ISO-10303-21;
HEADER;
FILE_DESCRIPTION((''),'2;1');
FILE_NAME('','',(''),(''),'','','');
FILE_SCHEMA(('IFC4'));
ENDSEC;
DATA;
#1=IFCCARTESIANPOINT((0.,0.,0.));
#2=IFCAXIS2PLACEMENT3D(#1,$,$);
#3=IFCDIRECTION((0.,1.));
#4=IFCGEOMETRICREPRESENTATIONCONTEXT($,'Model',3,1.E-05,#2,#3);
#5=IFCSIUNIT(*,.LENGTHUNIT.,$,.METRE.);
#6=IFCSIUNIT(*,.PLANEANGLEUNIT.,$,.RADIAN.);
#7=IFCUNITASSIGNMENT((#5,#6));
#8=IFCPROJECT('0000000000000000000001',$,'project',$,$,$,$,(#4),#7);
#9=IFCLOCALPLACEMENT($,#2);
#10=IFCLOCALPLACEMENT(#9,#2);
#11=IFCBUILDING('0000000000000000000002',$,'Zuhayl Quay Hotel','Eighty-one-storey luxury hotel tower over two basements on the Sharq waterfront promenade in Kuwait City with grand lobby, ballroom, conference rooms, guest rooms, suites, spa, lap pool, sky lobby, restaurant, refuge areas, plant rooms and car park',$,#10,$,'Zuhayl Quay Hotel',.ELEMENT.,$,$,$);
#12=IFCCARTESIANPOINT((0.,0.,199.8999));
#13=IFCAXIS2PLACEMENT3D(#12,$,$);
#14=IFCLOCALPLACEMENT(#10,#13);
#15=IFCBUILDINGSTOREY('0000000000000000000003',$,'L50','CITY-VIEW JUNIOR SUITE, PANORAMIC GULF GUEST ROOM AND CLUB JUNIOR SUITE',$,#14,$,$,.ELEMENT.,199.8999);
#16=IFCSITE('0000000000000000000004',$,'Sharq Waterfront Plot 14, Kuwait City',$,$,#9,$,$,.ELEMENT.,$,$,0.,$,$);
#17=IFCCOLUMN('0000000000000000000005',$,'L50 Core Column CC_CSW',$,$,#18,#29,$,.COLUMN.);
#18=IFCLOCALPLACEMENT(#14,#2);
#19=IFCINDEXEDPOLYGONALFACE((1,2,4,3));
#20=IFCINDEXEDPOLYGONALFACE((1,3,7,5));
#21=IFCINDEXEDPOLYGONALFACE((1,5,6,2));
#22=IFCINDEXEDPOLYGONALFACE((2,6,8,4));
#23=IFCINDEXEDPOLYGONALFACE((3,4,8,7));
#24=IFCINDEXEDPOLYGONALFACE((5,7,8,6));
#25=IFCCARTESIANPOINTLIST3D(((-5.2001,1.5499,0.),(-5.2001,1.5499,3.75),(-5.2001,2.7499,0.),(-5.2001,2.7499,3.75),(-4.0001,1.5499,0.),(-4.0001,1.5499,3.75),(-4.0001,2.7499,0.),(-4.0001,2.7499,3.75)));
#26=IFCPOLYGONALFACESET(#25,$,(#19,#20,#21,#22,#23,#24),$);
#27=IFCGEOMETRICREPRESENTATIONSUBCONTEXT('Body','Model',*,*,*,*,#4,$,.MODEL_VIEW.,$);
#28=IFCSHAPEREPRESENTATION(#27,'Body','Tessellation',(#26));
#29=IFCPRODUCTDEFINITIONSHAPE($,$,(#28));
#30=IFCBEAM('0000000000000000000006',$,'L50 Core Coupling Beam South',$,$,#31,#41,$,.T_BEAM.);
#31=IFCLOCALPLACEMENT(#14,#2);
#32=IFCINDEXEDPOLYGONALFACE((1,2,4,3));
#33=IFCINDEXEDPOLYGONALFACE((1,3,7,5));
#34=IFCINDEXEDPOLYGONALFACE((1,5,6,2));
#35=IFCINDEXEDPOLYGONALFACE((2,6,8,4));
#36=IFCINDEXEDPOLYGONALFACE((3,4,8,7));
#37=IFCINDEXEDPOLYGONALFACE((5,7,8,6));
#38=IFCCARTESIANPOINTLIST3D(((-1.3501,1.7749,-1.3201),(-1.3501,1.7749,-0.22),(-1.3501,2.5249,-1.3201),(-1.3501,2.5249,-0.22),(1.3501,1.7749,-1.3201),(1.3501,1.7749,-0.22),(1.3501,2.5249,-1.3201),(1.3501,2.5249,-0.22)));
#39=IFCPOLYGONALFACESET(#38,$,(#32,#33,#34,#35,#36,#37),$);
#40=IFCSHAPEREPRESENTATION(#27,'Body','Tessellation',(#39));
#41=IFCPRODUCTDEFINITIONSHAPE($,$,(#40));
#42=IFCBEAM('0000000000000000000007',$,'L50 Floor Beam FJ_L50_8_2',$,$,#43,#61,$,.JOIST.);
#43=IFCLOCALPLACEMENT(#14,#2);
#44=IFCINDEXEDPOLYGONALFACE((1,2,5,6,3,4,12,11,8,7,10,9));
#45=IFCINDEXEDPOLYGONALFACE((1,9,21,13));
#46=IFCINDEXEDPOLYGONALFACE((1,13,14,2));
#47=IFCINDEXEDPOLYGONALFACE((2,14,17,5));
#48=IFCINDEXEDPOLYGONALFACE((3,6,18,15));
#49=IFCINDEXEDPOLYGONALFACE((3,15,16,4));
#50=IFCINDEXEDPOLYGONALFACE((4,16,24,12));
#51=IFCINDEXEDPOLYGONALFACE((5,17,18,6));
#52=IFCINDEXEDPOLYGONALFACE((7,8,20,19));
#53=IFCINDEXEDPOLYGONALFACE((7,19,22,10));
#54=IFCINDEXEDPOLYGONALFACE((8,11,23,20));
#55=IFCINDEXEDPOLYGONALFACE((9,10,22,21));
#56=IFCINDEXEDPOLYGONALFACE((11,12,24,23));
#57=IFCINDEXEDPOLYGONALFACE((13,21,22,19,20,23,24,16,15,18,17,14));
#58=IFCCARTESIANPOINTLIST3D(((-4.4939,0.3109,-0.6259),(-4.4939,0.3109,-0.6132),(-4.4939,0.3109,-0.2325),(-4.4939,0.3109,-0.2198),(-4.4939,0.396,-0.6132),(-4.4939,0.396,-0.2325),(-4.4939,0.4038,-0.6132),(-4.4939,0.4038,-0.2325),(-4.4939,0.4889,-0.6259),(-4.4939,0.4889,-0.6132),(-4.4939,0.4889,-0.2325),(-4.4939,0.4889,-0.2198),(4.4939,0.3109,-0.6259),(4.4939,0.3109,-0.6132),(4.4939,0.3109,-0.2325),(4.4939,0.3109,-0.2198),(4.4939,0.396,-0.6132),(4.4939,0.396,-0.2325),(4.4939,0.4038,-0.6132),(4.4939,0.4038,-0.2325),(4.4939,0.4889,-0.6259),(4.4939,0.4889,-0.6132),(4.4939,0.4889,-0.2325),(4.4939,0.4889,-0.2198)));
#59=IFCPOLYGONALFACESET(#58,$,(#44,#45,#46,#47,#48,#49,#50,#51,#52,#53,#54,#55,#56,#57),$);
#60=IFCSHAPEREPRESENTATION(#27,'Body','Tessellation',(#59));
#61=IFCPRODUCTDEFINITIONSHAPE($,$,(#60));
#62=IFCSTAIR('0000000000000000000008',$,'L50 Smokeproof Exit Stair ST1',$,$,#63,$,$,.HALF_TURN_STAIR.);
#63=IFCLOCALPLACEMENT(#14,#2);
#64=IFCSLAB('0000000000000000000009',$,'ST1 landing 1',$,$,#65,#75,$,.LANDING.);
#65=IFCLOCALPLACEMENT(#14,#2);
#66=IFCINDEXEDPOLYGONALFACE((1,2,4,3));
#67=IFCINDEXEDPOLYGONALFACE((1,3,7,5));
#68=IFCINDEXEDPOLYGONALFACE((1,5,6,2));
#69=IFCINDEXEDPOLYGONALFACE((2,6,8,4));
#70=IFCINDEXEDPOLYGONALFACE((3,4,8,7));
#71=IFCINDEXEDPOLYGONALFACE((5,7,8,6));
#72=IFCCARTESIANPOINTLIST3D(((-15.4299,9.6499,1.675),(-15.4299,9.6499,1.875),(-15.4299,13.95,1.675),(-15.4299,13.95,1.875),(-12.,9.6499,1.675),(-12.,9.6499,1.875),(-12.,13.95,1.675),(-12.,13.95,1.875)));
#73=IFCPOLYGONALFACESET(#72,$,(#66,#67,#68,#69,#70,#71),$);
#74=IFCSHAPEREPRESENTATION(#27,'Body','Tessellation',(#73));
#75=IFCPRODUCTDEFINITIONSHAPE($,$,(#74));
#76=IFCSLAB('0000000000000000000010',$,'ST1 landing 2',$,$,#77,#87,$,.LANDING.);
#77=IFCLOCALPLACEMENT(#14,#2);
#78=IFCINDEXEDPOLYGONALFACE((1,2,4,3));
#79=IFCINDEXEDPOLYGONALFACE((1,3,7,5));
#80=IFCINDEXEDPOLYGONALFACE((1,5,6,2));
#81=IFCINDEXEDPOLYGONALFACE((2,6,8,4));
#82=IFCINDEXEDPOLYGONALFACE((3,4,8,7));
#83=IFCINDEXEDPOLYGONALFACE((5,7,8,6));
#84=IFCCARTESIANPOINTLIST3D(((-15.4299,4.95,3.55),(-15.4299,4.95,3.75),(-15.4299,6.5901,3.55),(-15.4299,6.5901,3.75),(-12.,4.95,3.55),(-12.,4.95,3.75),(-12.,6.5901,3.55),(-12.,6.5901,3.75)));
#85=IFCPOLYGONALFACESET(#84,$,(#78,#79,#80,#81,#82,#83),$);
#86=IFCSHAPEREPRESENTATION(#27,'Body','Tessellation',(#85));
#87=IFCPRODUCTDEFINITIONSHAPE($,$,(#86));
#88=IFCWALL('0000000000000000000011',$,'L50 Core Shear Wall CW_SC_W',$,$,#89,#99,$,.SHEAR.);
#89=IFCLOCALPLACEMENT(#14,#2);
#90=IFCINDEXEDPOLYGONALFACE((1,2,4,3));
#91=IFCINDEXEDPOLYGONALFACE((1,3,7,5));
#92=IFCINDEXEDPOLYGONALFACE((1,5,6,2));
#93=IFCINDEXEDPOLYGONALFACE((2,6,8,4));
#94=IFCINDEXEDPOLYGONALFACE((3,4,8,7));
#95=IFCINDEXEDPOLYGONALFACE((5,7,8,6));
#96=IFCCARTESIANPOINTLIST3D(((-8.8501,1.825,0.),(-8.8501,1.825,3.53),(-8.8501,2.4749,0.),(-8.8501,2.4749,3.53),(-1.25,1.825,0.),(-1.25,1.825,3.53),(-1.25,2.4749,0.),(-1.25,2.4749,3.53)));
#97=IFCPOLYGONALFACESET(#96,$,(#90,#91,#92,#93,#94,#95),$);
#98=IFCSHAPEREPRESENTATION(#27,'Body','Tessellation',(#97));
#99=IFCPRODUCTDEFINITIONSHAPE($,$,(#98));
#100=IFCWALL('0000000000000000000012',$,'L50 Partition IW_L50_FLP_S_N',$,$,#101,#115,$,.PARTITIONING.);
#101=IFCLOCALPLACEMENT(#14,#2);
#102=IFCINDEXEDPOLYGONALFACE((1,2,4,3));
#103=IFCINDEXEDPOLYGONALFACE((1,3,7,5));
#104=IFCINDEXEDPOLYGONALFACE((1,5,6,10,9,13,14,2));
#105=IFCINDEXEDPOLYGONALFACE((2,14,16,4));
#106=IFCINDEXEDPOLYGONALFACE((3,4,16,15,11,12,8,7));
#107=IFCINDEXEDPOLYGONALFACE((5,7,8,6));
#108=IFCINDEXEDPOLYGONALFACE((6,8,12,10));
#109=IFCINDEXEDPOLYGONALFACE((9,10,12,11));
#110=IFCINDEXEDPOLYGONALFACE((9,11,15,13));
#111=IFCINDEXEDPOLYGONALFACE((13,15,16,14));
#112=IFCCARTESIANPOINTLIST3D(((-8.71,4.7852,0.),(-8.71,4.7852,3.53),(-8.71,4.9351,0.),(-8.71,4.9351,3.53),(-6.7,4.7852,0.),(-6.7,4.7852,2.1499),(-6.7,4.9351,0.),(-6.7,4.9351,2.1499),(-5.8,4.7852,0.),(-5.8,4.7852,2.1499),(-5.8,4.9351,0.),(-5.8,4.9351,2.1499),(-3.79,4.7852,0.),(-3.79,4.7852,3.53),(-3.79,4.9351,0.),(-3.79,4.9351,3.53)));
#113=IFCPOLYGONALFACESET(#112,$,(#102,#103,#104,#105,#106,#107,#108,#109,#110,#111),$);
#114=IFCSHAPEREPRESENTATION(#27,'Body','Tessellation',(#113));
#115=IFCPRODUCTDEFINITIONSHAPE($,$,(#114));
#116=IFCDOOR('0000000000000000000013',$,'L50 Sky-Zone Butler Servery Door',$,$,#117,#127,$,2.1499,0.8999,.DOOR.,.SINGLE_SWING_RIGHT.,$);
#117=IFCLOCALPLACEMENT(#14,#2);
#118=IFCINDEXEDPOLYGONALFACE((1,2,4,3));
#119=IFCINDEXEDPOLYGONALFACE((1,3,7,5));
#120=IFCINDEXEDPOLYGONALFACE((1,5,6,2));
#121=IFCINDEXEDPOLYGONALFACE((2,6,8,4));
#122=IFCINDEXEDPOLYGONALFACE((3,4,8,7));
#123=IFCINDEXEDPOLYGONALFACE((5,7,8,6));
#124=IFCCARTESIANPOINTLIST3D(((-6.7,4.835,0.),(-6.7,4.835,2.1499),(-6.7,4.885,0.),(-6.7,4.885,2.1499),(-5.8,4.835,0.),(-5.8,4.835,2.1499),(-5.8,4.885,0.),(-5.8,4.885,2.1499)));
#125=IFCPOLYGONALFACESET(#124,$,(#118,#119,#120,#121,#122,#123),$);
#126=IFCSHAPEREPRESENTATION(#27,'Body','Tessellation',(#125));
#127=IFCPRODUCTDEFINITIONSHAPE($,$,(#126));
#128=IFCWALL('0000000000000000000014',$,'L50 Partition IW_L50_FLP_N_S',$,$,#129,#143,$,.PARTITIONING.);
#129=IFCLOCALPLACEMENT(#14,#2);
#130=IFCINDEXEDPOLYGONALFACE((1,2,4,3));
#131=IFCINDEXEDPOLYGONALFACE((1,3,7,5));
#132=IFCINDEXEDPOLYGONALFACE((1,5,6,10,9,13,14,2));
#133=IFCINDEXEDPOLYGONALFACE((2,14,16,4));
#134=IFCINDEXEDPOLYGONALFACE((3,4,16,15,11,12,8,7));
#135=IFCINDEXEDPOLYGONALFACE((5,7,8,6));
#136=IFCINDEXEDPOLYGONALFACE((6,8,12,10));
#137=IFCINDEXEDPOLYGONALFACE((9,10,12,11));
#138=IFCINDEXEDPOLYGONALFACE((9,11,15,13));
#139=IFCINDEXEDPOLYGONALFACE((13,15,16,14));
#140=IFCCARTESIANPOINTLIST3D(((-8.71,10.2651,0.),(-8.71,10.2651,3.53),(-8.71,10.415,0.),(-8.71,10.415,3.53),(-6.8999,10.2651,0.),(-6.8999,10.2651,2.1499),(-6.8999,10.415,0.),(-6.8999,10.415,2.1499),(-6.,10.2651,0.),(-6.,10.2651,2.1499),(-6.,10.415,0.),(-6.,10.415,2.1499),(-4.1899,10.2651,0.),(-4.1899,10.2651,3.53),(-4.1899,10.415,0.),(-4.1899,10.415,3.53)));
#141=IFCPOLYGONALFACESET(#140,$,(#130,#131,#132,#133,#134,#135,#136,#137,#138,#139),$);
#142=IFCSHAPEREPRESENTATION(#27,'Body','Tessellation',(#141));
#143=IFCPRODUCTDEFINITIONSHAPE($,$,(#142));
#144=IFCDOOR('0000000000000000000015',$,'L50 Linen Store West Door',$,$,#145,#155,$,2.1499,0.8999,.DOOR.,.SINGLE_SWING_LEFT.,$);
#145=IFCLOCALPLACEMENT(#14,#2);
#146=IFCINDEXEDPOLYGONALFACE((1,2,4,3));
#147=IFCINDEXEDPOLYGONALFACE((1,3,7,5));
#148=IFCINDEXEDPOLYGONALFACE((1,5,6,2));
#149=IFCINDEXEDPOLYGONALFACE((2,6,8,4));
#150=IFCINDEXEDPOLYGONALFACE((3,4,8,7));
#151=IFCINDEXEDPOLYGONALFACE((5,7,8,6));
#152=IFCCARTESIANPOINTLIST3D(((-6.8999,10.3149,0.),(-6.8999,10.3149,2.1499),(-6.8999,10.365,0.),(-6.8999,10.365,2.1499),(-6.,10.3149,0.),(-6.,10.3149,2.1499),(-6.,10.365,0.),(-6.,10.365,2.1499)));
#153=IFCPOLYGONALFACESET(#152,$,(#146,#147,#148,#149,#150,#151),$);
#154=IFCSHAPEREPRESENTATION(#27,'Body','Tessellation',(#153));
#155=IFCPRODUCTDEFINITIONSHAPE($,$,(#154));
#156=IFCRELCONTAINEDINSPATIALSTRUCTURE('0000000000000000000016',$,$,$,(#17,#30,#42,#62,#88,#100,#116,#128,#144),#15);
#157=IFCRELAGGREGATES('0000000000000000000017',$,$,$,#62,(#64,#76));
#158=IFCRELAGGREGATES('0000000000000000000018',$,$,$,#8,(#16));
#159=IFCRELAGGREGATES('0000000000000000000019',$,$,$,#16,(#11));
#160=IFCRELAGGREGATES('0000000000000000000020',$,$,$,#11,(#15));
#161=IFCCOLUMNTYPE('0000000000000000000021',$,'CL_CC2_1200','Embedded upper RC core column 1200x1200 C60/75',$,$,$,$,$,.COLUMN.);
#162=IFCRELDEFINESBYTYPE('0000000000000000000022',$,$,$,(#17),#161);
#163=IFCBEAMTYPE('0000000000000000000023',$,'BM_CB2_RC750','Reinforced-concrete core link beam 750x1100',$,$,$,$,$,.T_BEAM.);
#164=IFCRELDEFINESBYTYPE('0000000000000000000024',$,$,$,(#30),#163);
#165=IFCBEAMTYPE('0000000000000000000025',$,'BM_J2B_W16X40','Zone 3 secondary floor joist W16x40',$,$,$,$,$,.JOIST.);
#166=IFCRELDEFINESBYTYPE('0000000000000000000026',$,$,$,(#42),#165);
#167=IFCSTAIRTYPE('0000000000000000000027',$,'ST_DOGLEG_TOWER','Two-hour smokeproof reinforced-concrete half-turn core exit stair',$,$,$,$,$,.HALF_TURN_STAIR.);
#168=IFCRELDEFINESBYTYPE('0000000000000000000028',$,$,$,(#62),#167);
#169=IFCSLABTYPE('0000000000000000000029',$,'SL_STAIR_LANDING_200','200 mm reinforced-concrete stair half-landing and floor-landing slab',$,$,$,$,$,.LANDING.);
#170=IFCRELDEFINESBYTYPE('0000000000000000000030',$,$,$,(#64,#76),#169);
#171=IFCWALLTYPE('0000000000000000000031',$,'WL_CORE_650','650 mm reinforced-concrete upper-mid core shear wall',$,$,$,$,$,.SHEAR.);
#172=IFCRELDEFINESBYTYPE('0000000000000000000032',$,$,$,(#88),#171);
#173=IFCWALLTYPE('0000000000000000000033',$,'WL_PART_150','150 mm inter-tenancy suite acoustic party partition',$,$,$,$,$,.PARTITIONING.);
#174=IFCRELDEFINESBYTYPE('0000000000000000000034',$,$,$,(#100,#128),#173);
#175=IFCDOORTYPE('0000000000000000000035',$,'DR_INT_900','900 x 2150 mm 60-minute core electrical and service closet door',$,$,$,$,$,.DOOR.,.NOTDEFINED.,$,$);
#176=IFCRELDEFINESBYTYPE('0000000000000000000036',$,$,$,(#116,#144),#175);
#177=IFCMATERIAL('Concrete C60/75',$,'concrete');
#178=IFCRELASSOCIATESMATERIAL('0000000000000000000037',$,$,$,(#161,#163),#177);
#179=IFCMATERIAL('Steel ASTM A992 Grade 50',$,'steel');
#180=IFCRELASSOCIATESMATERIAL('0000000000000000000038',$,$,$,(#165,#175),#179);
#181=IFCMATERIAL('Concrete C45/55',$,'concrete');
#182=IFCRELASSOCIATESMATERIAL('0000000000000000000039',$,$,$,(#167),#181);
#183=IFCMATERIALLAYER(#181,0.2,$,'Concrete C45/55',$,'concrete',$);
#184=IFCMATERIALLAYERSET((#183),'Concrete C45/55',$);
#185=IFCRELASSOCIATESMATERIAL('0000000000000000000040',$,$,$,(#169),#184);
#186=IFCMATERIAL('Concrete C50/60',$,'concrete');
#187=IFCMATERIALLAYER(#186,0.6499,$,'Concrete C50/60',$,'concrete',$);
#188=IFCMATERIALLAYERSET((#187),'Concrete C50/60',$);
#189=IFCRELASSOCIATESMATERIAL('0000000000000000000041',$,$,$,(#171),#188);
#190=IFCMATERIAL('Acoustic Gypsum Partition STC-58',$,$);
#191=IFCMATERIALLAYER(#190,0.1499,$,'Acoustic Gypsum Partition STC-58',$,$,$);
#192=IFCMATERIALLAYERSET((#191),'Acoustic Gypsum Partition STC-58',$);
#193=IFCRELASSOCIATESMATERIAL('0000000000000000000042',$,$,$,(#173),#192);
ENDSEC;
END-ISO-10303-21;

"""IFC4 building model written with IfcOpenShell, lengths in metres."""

from ifc_helpers import new_model, si_unit, direction, frame, frame_2d, origin, origin_2d, place, context, subcontext, project, spatial, polyline, rectangle, i_section, outline, extrude, material, layer, layer_set, material_profile, profile_set, type_object, element, fill, aggregate, save


model = new_model("IFC4")

# Units and contexts
model_context = context("Model", 3, precision=1e-05, world=origin(), true_north=direction((0.0, 1.0)))
body_context = subcontext(model_context, "Body", "Model", "MODEL_VIEW")
ifc_project = project(units=[si_unit("LENGTHUNIT", "METRE"), si_unit("PLANEANGLEUNIT", "RADIAN")], contexts=[model_context])

# Site, building, storey
site_placement = place(None, origin())
site = spatial("IfcSite", under=ifc_project, at=site_placement, Name="Sharq Waterfront Plot 14, Kuwait City", CompositionType="ELEMENT", RefElevation=0.0)
building_placement = place(site_placement, origin())
building = spatial("IfcBuilding", under=site, at=building_placement, Name="Zuhayl Quay Hotel", Description="Eighty-one-storey luxury hotel tower over two basements on the Sharq waterfront promenade in Kuwait City with grand lobby, ballroom, conference rooms, guest rooms, suites, spa, lap pool, sky lobby, restaurant, refuge areas, plant rooms and car park", LongName="Zuhayl Quay Hotel", CompositionType="ELEMENT")
storey_placement = place(building_placement, frame((0.0, 0.0, 199.8999)))
storey = spatial("IfcBuildingStorey", under=building, at=storey_placement, Name="L50", Description="CITY-VIEW JUNIOR SUITE, PANORAMIC GULF GUEST ROOM AND CLUB JUNIOR SUITE", CompositionType="ELEMENT", Elevation=199.8999)

# Column
ifc_material_1 = material(Name="Concrete C60/75", Category="concrete")
ifc_material_profile_1 = material_profile(ifc_material_1, rectangle(XDim=1.2, YDim=1.2, at=origin_2d()), Name="RC1200X1200")
ifc_profile_set_1 = profile_set([ifc_material_profile_1], Name="Concrete C60/75")
column_type = type_object("IfcColumnType", Name="CL_CC2_1200", Description="Embedded upper RC core column 1200x1200 C60/75", PredefinedType="COLUMN", material=ifc_profile_set_1)
column_placement = place(storey_placement, frame((-4.6001, 2.1499, 0.0), z_axis=(0.0, 0.0, 1.0), x_axis=(1.0, 0.0, 0.0)))
element("IfcColumn", 1, at=column_placement, inside=storey, type_object=column_type, Name="L50 Core Column CC_CSW", PredefinedType="COLUMN", context=body_context, shape_type="SweptSolid", body=[
    extrude(rectangle(XDim=1.2, YDim=1.2, at=origin_2d()), origin(), (0.0, 0.0, 1.0), 3.75),
])

# Beams
ifc_material_profile_2 = material_profile(ifc_material_1, rectangle(XDim=0.75, YDim=1.1001, at=origin_2d()), Name="RC750X1100")
ifc_profile_set_2 = profile_set([ifc_material_profile_2], Name="Concrete C60/75")
beam_type_1 = type_object("IfcBeamType", Name="BM_CB2_RC750", Description="Reinforced-concrete core link beam 750x1100", PredefinedType="T_BEAM", material=ifc_profile_set_2)
beam_1_placement = place(storey_placement, frame((-1.3501, 2.1499, -0.77), z_axis=(1.0, 0.0, 0.0), x_axis=(0.0, 1.0, 0.0)))
element("IfcBeam", 2, at=beam_1_placement, inside=storey, type_object=beam_type_1, Name="L50 Core Coupling Beam South", PredefinedType="T_BEAM", context=body_context, shape_type="SweptSolid", body=[
    extrude(rectangle(XDim=0.75, YDim=1.1001, at=origin_2d()), origin(), (0.0, 0.0, 1.0), 2.7002),
])
ifc_material_2 = material(Name="Steel ASTM A992 Grade 50", Category="steel")
ifc_material_profile_3 = material_profile(ifc_material_2, i_section(OverallWidth=0.178, OverallDepth=0.406, WebThickness=0.0078, FlangeThickness=0.0127, at=origin_2d()), Name="W16X40")
ifc_profile_set_3 = profile_set([ifc_material_profile_3], Name="Steel ASTM A992 Grade 50")
beam_type_2 = type_object("IfcBeamType", Name="BM_J2B_W16X40", Description="Zone 3 secondary floor joist W16x40", PredefinedType="JOIST", material=ifc_profile_set_3)
beam_2_placement = place(storey_placement, frame((-4.4939, 0.3999, -0.4229), z_axis=(1.0, 0.0, 0.0), x_axis=(0.0, 1.0, 0.0)))
element("IfcBeam", 3, at=beam_2_placement, inside=storey, type_object=beam_type_2, Name="L50 Floor Beam FJ_L50_8_2", PredefinedType="JOIST", context=body_context, shape_type="SweptSolid", body=[
    extrude(i_section(OverallWidth=0.178, OverallDepth=0.406, WebThickness=0.0078, FlangeThickness=0.0127, at=origin_2d()), origin(), (0.0, 0.0, 1.0), 8.9878),
])

# Stair, slabs
ifc_material_3 = material(Name="Concrete C45/55", Category="concrete")
stair_type = type_object("IfcStairType", Name="ST_DOGLEG_TOWER", Description="Two-hour smokeproof reinforced-concrete half-turn core exit stair", PredefinedType="HALF_TURN_STAIR", material=ifc_material_3)
stair_placement = place(storey_placement, origin())
stair = element("IfcStair", 4, at=stair_placement, inside=storey, type_object=stair_type, Name="L50 Smokeproof Exit Stair ST1", PredefinedType="HALF_TURN_STAIR")
ifc_layer_1 = layer(ifc_material_3, 0.2, Name="Concrete C45/55", Category="concrete")
ifc_layer_set_1 = layer_set([ifc_layer_1], Name="Concrete C45/55")
slab_type = type_object("IfcSlabType", Name="SL_STAIR_LANDING_200", Description="200 mm reinforced-concrete stair half-landing and floor-landing slab", PredefinedType="LANDING", material=ifc_layer_set_1)
slab_1_placement = place(storey_placement, frame((0.0, 0.0, 1.675)))
slab_1 = element("IfcSlab", 5, at=slab_1_placement, type_object=slab_type, Name="ST1 landing 1", PredefinedType="LANDING", context=body_context, shape_type="SweptSolid", body=[
    extrude(outline(polyline([(-12.0, 9.6499), (-12.0, 13.95), (-15.4299, 13.95), (-15.4299, 9.6499), (-12.0, 9.6499)])), origin(), (0.0, 0.0, 1.0), 0.2),
])
slab_2_placement = place(storey_placement, frame((0.0, 0.0, 3.55)))
slab_2 = element("IfcSlab", 6, at=slab_2_placement, type_object=slab_type, Name="ST1 landing 2", PredefinedType="LANDING", context=body_context, shape_type="SweptSolid", body=[
    extrude(outline(polyline([(-12.0, 4.95), (-12.0, 6.5901), (-15.4299, 6.5901), (-15.4299, 4.95), (-12.0, 4.95)])), origin(), (0.0, 0.0, 1.0), 0.2),
])
aggregate(stair, [slab_1, slab_2])

# Wall
ifc_material_4 = material(Name="Concrete C50/60", Category="concrete")
ifc_layer_2 = layer(ifc_material_4, 0.6499, Name="Concrete C50/60", Category="concrete")
ifc_layer_set_2 = layer_set([ifc_layer_2], Name="Concrete C50/60")
wall_type_1 = type_object("IfcWallType", Name="WL_CORE_650", Description="650 mm reinforced-concrete upper-mid core shear wall", PredefinedType="SHEAR", material=ifc_layer_set_2)
wall_1_placement = place(storey_placement, frame((-8.8501, 2.1499, 0.0), z_axis=(0.0, 0.0, 1.0), x_axis=(1.0, 0.0, 0.0)))
element("IfcWall", 7, at=wall_1_placement, inside=storey, type_object=wall_type_1, Name="L50 Core Shear Wall CW_SC_W", PredefinedType="SHEAR", context=body_context, shape_type="SweptSolid", body=[
    extrude(rectangle(XDim=7.6001, YDim=0.6499, at=frame_2d((3.8, 0.0))), origin(), (0.0, 0.0, 1.0), 3.53),
])

# Walls, openings, doors
ifc_material_5 = material(Name="Acoustic Gypsum Partition STC-58")
ifc_layer_3 = layer(ifc_material_5, 0.1499, Name="Acoustic Gypsum Partition STC-58")
ifc_layer_set_3 = layer_set([ifc_layer_3], Name="Acoustic Gypsum Partition STC-58")
wall_type_2 = type_object("IfcWallType", Name="WL_PART_150", Description="150 mm inter-tenancy suite acoustic party partition", PredefinedType="PARTITIONING", material=ifc_layer_set_3)
wall_2_placement = place(storey_placement, frame((-8.71, 4.8601, 0.0), z_axis=(0.0, 0.0, 1.0), x_axis=(1.0, 0.0, 0.0)))
wall_2 = element("IfcWall", 8, at=wall_2_placement, inside=storey, type_object=wall_type_2, Name="L50 Partition IW_L50_FLP_S_N", PredefinedType="PARTITIONING", context=body_context, shape_type="SweptSolid", body=[
    extrude(rectangle(XDim=4.9199, YDim=0.1499, at=frame_2d((2.46, 0.0))), origin(), (0.0, 0.0, 1.0), 3.53),
])
opening_1_placement = place(wall_2_placement, frame((2.01, 0.0, 0.0)))
opening_1 = element("IfcOpeningElement", 9, at=opening_1_placement, cuts=wall_2, PredefinedType="OPENING", context=body_context, shape_type="SweptSolid", body=[
    extrude(rectangle(XDim=0.8999, YDim=2.1499, at=frame_2d((0.45, 1.075))), frame((0.0, 0.085, 0.0), z_axis=(0.0, -1.0, 0.0), x_axis=(1.0, 0.0, 0.0)), (0.0, 0.0, 1.0), 0.1699),
])
door_type_1 = type_object("IfcDoorType", Name="DR_INT_900", Description="900 x 2150 mm 60-minute core electrical and service closet door", OperationType="NOTDEFINED", PredefinedType="DOOR", material=ifc_material_2)
door_1_placement = place(opening_1_placement, origin())
door_1 = element("IfcDoor", 10, at=door_1_placement, inside=storey, type_object=door_type_1, Name="L50 Sky-Zone Butler Servery Door", OperationType="SINGLE_SWING_RIGHT", OverallHeight=2.1499, OverallWidth=0.8999, PredefinedType="DOOR", context=body_context, shape_type="SweptSolid", body=[
    extrude(rectangle(XDim=0.8999, YDim=2.1499, at=frame_2d((0.45, 1.075))), frame((0.0, 0.0249, 0.0), z_axis=(0.0, -1.0, 0.0), x_axis=(1.0, 0.0, 0.0)), (0.0, 0.0, 1.0), 0.05),
])
fill(opening_1, door_1)
wall_3_placement = place(storey_placement, frame((-8.71, 10.3401, 0.0), z_axis=(0.0, 0.0, 1.0), x_axis=(1.0, 0.0, 0.0)))
wall_3 = element("IfcWall", 11, at=wall_3_placement, inside=storey, type_object=wall_type_2, Name="L50 Partition IW_L50_FLP_N_S", PredefinedType="PARTITIONING", context=body_context, shape_type="SweptSolid", body=[
    extrude(rectangle(XDim=4.52, YDim=0.1499, at=frame_2d((2.26, 0.0))), origin(), (0.0, 0.0, 1.0), 3.53),
])
opening_2_placement = place(wall_3_placement, frame((1.8101, 0.0, 0.0)))
opening_2 = element("IfcOpeningElement", 12, at=opening_2_placement, cuts=wall_3, PredefinedType="OPENING", context=body_context, shape_type="SweptSolid", body=[
    extrude(rectangle(XDim=0.8999, YDim=2.1499, at=frame_2d((0.45, 1.075))), frame((0.0, 0.085, 0.0), z_axis=(0.0, -1.0, 0.0), x_axis=(1.0, 0.0, 0.0)), (0.0, 0.0, 1.0), 0.1699),
])
door_2_placement = place(opening_2_placement, origin())
door_2 = element("IfcDoor", 13, at=door_2_placement, inside=storey, type_object=door_type_1, Name="L50 Linen Store West Door", OperationType="SINGLE_SWING_LEFT", OverallHeight=2.1499, OverallWidth=0.8999, PredefinedType="DOOR", context=body_context, shape_type="SweptSolid", body=[
    extrude(rectangle(XDim=0.8999, YDim=2.1499, at=frame_2d((0.45, 1.075))), frame((0.0, 0.0249, 0.0), z_axis=(0.0, -1.0, 0.0), x_axis=(1.0, 0.0, 0.0)), (0.0, 0.0, 1.0), 0.05),
])
fill(opening_2, door_2)

save(model, "model.ifc")
